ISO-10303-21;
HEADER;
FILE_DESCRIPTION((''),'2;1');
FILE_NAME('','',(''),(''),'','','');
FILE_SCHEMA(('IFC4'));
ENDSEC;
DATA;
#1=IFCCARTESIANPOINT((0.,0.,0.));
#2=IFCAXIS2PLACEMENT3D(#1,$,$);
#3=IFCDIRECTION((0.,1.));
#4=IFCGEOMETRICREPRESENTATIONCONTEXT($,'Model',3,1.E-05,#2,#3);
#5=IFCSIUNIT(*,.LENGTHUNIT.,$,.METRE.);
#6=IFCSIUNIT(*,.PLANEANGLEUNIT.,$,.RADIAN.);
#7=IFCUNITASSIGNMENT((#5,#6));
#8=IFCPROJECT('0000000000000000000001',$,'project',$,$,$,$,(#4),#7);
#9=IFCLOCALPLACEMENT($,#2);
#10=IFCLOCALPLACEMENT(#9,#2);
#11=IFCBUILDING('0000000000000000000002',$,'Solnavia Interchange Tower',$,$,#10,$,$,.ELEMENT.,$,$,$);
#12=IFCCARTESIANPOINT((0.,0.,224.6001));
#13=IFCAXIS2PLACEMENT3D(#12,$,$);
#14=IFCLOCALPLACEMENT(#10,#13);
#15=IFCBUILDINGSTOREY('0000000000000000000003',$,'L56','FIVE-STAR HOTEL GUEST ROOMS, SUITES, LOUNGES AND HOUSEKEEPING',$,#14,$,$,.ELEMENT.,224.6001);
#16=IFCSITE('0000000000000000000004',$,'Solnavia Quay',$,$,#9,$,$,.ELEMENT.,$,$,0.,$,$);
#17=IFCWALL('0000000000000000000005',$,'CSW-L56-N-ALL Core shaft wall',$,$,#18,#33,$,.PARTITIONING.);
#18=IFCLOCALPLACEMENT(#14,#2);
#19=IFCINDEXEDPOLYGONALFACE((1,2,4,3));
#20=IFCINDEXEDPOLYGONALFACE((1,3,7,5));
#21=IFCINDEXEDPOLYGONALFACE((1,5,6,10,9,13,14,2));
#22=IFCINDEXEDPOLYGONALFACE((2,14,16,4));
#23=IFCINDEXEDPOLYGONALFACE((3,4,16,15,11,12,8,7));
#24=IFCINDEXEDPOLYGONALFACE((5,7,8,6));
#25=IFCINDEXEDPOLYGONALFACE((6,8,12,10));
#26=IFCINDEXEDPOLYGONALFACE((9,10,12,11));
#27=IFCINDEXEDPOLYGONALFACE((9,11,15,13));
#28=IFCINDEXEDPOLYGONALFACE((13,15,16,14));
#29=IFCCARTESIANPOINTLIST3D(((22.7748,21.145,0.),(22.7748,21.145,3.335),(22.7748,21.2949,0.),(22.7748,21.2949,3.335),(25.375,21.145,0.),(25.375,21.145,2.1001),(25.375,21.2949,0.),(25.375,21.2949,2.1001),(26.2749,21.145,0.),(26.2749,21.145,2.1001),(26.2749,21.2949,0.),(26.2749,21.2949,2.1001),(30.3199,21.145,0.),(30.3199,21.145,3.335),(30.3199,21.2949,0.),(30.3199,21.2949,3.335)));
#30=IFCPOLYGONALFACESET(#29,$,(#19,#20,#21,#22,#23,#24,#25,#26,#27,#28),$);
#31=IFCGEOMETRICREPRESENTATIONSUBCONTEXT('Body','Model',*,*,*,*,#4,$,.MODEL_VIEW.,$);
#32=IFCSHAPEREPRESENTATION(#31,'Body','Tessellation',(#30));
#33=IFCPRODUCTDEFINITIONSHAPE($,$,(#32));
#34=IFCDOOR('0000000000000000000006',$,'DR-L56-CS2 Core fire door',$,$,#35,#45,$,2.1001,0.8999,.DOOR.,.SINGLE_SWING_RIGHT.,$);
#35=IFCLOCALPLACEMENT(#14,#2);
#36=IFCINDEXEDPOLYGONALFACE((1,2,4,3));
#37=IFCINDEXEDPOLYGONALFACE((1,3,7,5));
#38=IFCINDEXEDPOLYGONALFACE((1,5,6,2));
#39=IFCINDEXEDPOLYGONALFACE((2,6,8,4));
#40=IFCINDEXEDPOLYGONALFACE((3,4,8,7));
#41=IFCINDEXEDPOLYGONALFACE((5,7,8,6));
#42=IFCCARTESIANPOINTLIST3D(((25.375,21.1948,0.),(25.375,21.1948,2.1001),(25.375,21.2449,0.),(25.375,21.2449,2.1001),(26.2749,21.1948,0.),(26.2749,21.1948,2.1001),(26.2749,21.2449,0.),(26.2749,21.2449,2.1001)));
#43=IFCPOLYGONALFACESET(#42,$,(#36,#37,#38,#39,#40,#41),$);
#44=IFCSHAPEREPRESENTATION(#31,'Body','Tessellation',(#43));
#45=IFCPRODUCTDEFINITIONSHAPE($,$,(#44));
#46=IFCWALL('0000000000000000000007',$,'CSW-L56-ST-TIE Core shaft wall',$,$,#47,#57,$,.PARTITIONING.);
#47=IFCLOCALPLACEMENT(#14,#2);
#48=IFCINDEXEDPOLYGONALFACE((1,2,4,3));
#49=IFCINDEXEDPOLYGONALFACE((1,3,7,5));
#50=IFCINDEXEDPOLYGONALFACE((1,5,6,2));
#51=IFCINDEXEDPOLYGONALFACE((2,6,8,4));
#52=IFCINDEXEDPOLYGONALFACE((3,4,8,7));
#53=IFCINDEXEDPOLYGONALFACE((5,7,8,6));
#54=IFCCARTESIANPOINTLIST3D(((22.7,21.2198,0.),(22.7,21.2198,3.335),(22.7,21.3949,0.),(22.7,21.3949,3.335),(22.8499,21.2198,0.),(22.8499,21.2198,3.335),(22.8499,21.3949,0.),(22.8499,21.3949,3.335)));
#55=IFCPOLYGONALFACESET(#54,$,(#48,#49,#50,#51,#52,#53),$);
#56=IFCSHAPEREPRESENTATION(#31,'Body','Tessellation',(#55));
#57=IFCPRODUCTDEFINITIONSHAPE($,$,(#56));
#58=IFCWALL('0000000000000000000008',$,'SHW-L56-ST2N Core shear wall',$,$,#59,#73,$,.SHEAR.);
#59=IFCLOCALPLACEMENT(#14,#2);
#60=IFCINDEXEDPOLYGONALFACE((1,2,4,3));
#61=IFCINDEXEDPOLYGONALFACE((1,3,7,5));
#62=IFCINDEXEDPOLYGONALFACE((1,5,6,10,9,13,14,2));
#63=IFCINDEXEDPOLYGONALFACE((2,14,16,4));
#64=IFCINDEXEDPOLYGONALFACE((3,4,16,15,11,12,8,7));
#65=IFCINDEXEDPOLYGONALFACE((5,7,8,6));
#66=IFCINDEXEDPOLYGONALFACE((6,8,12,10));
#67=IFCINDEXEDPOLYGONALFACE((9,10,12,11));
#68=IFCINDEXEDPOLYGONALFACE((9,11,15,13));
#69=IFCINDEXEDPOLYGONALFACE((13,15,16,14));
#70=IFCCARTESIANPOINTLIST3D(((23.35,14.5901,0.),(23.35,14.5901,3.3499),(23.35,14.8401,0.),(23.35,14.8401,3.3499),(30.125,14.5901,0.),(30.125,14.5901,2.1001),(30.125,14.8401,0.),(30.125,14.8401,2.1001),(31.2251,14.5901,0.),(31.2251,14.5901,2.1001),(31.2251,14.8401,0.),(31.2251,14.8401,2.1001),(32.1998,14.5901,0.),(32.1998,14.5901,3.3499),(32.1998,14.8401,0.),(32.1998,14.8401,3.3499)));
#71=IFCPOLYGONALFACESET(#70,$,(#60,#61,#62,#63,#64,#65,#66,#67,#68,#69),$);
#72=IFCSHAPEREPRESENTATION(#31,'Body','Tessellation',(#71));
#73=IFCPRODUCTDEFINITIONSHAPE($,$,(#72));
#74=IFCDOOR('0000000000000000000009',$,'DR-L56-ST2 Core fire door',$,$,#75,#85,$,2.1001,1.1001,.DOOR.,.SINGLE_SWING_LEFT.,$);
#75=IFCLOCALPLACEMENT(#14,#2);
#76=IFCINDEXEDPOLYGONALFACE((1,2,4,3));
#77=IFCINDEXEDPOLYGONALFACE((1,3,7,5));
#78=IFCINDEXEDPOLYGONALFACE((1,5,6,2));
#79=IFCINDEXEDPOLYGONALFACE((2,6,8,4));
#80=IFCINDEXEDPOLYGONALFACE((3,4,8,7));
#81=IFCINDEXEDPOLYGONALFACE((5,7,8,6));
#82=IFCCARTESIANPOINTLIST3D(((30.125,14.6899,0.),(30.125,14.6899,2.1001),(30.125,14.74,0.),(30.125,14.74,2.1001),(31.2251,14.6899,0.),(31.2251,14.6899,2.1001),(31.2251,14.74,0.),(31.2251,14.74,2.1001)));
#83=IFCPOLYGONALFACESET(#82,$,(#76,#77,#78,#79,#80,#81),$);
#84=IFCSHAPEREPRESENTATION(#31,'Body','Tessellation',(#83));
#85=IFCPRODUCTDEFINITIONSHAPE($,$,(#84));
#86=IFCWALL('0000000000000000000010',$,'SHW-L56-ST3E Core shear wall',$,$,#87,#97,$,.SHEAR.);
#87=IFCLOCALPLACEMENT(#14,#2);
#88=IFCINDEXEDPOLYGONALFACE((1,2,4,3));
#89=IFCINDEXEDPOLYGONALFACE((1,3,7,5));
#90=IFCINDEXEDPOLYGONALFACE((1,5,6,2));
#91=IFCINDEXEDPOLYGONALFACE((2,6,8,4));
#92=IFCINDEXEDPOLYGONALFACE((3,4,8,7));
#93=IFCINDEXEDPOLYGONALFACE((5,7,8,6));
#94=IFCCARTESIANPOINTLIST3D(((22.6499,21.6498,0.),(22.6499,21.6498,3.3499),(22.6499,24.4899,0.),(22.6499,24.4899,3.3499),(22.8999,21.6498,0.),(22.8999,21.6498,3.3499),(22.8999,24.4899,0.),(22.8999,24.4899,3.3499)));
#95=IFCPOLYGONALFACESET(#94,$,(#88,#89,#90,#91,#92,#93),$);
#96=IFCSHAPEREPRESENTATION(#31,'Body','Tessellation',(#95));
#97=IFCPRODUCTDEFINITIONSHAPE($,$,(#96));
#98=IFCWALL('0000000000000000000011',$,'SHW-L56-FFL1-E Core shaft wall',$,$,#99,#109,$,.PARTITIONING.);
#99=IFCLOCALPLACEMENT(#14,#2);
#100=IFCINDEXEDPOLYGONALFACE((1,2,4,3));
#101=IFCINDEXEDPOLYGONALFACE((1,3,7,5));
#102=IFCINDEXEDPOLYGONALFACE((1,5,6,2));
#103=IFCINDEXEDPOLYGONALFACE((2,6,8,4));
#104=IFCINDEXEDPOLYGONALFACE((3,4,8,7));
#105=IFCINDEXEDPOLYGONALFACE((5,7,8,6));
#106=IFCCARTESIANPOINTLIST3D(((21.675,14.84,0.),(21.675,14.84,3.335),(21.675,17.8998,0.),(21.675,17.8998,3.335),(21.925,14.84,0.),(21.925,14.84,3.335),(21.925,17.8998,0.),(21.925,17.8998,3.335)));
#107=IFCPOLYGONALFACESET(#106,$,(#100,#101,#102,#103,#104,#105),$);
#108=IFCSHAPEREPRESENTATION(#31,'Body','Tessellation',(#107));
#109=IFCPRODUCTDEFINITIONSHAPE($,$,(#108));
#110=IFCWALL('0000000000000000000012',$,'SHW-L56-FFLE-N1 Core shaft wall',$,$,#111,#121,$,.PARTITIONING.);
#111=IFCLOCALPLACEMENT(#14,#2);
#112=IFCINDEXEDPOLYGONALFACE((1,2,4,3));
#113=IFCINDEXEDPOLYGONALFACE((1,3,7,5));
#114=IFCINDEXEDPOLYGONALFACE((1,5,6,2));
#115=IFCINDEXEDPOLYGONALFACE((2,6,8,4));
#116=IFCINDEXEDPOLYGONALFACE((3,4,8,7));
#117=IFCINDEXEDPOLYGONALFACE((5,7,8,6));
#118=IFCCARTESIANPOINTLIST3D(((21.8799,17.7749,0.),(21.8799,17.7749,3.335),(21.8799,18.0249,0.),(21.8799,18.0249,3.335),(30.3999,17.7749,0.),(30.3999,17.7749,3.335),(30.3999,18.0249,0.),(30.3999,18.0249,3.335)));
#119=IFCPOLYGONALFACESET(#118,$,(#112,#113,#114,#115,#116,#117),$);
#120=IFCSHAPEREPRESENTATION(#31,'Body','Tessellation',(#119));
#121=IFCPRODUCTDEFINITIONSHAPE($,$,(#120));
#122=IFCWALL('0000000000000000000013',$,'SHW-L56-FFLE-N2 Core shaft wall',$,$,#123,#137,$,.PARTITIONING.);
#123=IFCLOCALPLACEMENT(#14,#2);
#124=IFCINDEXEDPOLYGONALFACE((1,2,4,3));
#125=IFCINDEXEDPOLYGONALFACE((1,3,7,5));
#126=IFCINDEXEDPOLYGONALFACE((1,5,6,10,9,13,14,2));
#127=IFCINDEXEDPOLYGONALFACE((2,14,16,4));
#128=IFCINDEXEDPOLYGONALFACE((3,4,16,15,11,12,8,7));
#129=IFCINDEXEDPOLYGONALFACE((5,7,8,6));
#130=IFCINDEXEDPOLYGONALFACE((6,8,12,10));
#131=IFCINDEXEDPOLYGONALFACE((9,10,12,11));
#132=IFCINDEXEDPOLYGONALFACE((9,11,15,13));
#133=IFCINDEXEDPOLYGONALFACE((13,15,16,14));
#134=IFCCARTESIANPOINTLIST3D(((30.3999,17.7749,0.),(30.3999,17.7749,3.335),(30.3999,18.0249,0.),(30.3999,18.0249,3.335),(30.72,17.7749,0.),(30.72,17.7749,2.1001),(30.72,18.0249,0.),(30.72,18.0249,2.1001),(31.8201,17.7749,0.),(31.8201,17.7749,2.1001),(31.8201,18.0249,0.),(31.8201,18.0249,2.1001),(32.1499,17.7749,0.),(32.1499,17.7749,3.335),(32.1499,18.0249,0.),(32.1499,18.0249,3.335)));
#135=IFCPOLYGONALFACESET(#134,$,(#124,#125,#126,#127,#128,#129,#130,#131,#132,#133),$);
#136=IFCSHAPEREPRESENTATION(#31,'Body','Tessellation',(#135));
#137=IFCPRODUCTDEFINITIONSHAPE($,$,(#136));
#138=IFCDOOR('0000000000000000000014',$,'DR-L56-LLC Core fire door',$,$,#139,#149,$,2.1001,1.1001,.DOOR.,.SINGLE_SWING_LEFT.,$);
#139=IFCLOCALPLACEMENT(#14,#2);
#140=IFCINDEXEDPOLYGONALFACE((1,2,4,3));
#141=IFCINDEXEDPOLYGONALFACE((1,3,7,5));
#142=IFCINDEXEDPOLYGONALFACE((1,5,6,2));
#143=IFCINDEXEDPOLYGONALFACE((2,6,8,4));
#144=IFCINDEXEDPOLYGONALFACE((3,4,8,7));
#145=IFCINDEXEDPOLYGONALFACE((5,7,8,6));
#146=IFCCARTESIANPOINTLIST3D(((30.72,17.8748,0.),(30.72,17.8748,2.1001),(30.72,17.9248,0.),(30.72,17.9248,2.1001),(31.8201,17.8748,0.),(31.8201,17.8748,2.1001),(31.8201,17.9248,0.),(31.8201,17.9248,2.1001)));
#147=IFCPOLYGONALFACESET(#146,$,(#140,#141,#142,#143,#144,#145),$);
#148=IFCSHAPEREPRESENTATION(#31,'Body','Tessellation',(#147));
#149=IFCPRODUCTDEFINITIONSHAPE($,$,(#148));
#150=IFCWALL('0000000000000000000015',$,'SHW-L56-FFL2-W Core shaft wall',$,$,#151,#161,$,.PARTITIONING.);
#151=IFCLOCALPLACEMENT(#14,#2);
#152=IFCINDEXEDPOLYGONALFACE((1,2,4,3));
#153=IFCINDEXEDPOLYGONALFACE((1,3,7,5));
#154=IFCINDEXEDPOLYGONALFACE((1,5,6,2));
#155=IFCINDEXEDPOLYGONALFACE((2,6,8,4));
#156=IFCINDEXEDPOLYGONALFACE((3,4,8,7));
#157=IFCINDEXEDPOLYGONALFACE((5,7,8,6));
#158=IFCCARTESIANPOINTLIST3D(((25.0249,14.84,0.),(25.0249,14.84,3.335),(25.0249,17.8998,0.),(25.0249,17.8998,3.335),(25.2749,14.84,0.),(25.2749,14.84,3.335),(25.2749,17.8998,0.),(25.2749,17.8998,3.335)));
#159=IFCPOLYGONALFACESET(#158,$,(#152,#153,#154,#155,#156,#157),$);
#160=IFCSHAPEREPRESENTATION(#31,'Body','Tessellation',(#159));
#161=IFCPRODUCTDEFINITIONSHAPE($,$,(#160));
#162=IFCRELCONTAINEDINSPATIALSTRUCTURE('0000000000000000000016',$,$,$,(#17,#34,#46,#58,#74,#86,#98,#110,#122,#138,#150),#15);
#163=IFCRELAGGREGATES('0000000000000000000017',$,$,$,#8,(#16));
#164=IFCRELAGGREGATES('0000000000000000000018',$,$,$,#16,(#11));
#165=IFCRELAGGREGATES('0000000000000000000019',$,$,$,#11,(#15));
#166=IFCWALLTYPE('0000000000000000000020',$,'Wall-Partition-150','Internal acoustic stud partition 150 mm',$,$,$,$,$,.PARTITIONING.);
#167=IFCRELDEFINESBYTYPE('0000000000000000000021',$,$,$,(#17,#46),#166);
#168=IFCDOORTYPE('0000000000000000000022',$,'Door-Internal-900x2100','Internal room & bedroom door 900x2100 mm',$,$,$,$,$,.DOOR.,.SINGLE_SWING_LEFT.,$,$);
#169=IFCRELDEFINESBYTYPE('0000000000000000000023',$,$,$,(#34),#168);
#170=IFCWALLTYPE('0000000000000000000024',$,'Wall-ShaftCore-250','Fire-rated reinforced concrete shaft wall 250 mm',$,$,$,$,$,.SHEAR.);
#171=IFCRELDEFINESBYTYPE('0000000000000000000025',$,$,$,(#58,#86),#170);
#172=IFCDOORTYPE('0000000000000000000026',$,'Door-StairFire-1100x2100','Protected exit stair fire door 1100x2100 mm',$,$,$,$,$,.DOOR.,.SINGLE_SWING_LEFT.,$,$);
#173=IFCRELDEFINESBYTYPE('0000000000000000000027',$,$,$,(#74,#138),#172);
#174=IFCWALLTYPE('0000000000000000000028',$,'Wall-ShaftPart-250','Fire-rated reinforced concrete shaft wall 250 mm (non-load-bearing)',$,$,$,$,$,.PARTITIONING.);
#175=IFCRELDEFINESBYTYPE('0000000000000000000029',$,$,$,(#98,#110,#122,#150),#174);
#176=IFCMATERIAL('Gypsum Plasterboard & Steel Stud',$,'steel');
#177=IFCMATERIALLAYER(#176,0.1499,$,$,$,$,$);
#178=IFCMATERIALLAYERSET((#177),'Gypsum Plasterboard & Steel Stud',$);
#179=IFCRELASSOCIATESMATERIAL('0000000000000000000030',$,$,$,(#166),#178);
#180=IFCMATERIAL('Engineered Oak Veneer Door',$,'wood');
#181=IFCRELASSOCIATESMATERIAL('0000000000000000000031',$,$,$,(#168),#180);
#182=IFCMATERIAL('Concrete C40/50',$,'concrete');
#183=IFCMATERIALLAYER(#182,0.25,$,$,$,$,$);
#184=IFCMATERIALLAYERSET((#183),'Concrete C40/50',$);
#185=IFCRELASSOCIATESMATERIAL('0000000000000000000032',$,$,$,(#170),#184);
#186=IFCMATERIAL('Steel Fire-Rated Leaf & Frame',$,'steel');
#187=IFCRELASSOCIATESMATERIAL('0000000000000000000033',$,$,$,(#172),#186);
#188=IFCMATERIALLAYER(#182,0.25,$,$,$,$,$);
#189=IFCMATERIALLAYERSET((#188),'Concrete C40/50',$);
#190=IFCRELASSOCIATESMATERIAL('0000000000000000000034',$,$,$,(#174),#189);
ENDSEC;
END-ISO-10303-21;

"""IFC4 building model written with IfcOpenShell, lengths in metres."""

from ifc_helpers import new_model, si_unit, direction, frame, frame_2d, origin, place, context, subcontext, project, spatial, rectangle, extrude, material, layer, layer_set, type_object, element, fill, save


model = new_model("IFC4")

# Units and contexts
model_context = context("Model", 3, precision=1e-05, world=origin(), true_north=direction((0.0, 1.0)))
body_context = subcontext(model_context, "Body", "Model", "MODEL_VIEW")
ifc_project = project(units=[si_unit("LENGTHUNIT", "METRE"), si_unit("PLANEANGLEUNIT", "RADIAN")], contexts=[model_context])

# Site, building, storey
site_placement = place(None, origin())
site = spatial("IfcSite", under=ifc_project, at=site_placement, Name="Solnavia Quay", CompositionType="ELEMENT", RefElevation=0.0)
building_placement = place(site_placement, origin())
building = spatial("IfcBuilding", under=site, at=building_placement, Name="Solnavia Interchange Tower", CompositionType="ELEMENT")
storey_placement = place(building_placement, frame((0.0, 0.0, 224.6001)))
storey = spatial("IfcBuildingStorey", under=building, at=storey_placement, Name="L56", Description="FIVE-STAR HOTEL GUEST ROOMS, SUITES, LOUNGES AND HOUSEKEEPING", CompositionType="ELEMENT", Elevation=224.6001)

# Wall, opening, door
ifc_material_1 = material(Name="Gypsum Plasterboard & Steel Stud", Category="steel")
ifc_layer_1 = layer(ifc_material_1, 0.1499)
ifc_layer_set_1 = layer_set([ifc_layer_1], Name="Gypsum Plasterboard & Steel Stud")
wall_type_1 = type_object("IfcWallType", Name="Wall-Partition-150", Description="Internal acoustic stud partition 150 mm", PredefinedType="PARTITIONING", material=ifc_layer_set_1)
wall_1_placement = place(storey_placement, frame((22.7749, 21.22, 0.0), z_axis=(0.0, 0.0, 1.0), x_axis=(1.0, 0.0, 0.0)))
wall_1 = element("IfcWall", 1, at=wall_1_placement, inside=storey, type_object=wall_type_1, Name="CSW-L56-N-ALL Core shaft wall", PredefinedType="PARTITIONING", context=body_context, shape_type="SweptSolid", body=[
    extrude(rectangle(XDim=7.5452, YDim=0.1499, at=frame_2d((3.7725, 0.0))), origin(), (0.0, 0.0, 1.0), 3.335),
])
opening_1_placement = place(wall_1_placement, frame((2.6001, 0.0, 0.0)))
opening_1 = element("IfcOpeningElement", 2, at=opening_1_placement, cuts=wall_1, PredefinedType="OPENING", context=body_context, shape_type="SweptSolid", body=[
    extrude(rectangle(XDim=0.8999, YDim=2.1001, at=frame_2d((0.45, 1.05))), frame((0.0, 0.085, 0.0), z_axis=(0.0, -1.0, 0.0), x_axis=(1.0, 0.0, 0.0)), (0.0, 0.0, 1.0), 0.1699),
])
ifc_material_2 = material(Name="Engineered Oak Veneer Door", Category="wood")
door_type_1 = type_object("IfcDoorType", Name="Door-Internal-900x2100", Description="Internal room & bedroom door 900x2100 mm", OperationType="SINGLE_SWING_LEFT", PredefinedType="DOOR", material=ifc_material_2)
door_1_placement = place(opening_1_placement, origin())
door_1 = element("IfcDoor", 3, at=door_1_placement, inside=storey, type_object=door_type_1, Name="DR-L56-CS2 Core fire door", OperationType="SINGLE_SWING_RIGHT", OverallHeight=2.1001, OverallWidth=0.8999, PredefinedType="DOOR", context=body_context, shape_type="SweptSolid", body=[
    extrude(rectangle(XDim=0.8999, YDim=2.1001, at=frame_2d((0.45, 1.05))), frame((0.0, 0.0249, 0.0), z_axis=(0.0, -1.0, 0.0), x_axis=(1.0, 0.0, 0.0)), (0.0, 0.0, 1.0), 0.05),
])
fill(opening_1, door_1)

# Wall
wall_2_placement = place(storey_placement, frame((22.7749, 21.22, 0.0), z_axis=(0.0, 0.0, 1.0), x_axis=(0.0, 1.0, 0.0)))
element("IfcWall", 4, at=wall_2_placement, inside=storey, type_object=wall_type_1, Name="CSW-L56-ST-TIE Core shaft wall", PredefinedType="PARTITIONING", context=body_context, shape_type="SweptSolid", body=[
    extrude(rectangle(XDim=0.175, YDim=0.1499, at=frame_2d((0.0874, 0.0))), origin(), (0.0, 0.0, 1.0), 3.335),
])

# Wall, opening, door
ifc_material_3 = material(Name="Concrete C40/50", Category="concrete")
ifc_layer_2 = layer(ifc_material_3, 0.25)
ifc_layer_set_2 = layer_set([ifc_layer_2], Name="Concrete C40/50")
wall_type_2 = type_object("IfcWallType", Name="Wall-ShaftCore-250", Description="Fire-rated reinforced concrete shaft wall 250 mm", PredefinedType="SHEAR", material=ifc_layer_set_2)
wall_3_placement = place(storey_placement, frame((23.3501, 14.7151, 0.0), z_axis=(0.0, 0.0, 1.0), x_axis=(1.0, 0.0, 0.0)))
wall_3 = element("IfcWall", 5, at=wall_3_placement, inside=storey, type_object=wall_type_2, Name="SHW-L56-ST2N Core shear wall", PredefinedType="SHEAR", context=body_context, shape_type="SweptSolid", body=[
    extrude(rectangle(XDim=8.8499, YDim=0.25, at=frame_2d((4.4248, 0.0))), origin(), (0.0, 0.0, 1.0), 3.3499),
])
opening_2_placement = place(wall_3_placement, frame((6.7749, 0.0, 0.0)))
opening_2 = element("IfcOpeningElement", 6, at=opening_2_placement, cuts=wall_3, PredefinedType="OPENING", context=body_context, shape_type="SweptSolid", body=[
    extrude(rectangle(XDim=1.1001, YDim=2.1001, at=frame_2d((0.55, 1.05))), frame((0.0, 0.135, 0.0), z_axis=(0.0, -1.0, 0.0), x_axis=(1.0, 0.0, 0.0)), (0.0, 0.0, 1.0), 0.27),
])
ifc_material_4 = material(Name="Steel Fire-Rated Leaf & Frame", Category="steel")
door_type_2 = type_object("IfcDoorType", Name="Door-StairFire-1100x2100", Description="Protected exit stair fire door 1100x2100 mm", OperationType="SINGLE_SWING_LEFT", PredefinedType="DOOR", material=ifc_material_4)
door_2_placement = place(opening_2_placement, origin())
door_2 = element("IfcDoor", 7, at=door_2_placement, inside=storey, type_object=door_type_2, Name="DR-L56-ST2 Core fire door", OperationType="SINGLE_SWING_LEFT", OverallHeight=2.1001, OverallWidth=1.1001, PredefinedType="DOOR", context=body_context, shape_type="SweptSolid", body=[
    extrude(rectangle(XDim=1.1001, YDim=2.1001, at=frame_2d((0.55, 1.05))), frame((0.0, 0.0249, 0.0), z_axis=(0.0, -1.0, 0.0), x_axis=(1.0, 0.0, 0.0)), (0.0, 0.0, 1.0), 0.05),
])
fill(opening_2, door_2)

# Walls
wall_4_placement = place(storey_placement, frame((22.7749, 21.6499, 0.0), z_axis=(0.0, 0.0, 1.0), x_axis=(0.0, 1.0, 0.0)))
element("IfcWall", 8, at=wall_4_placement, inside=storey, type_object=wall_type_2, Name="SHW-L56-ST3E Core shear wall", PredefinedType="SHEAR", context=body_context, shape_type="SweptSolid", body=[
    extrude(rectangle(XDim=2.8401, YDim=0.25, at=frame_2d((1.4199, 0.0))), origin(), (0.0, 0.0, 1.0), 3.3499),
])
ifc_layer_3 = layer(ifc_material_3, 0.25)
ifc_layer_set_3 = layer_set([ifc_layer_3], Name="Concrete C40/50")
wall_type_3 = type_object("IfcWallType", Name="Wall-ShaftPart-250", Description="Fire-rated reinforced concrete shaft wall 250 mm (non-load-bearing)", PredefinedType="PARTITIONING", material=ifc_layer_set_3)
wall_5_placement = place(storey_placement, frame((21.8, 14.8401, 0.0), z_axis=(0.0, 0.0, 1.0), x_axis=(0.0, 1.0, 0.0)))
element("IfcWall", 9, at=wall_5_placement, inside=storey, type_object=wall_type_3, Name="SHW-L56-FFL1-E Core shaft wall", PredefinedType="PARTITIONING", context=body_context, shape_type="SweptSolid", body=[
    extrude(rectangle(XDim=3.0598, YDim=0.25, at=frame_2d((1.5298, 0.0))), origin(), (0.0, 0.0, 1.0), 3.335),
])
wall_6_placement = place(storey_placement, frame((21.8799, 17.8999, 0.0), z_axis=(0.0, 0.0, 1.0), x_axis=(1.0, 0.0, 0.0)))
element("IfcWall", 10, at=wall_6_placement, inside=storey, type_object=wall_type_3, Name="SHW-L56-FFLE-N1 Core shaft wall", PredefinedType="PARTITIONING", context=body_context, shape_type="SweptSolid", body=[
    extrude(rectangle(XDim=8.52, YDim=0.25, at=frame_2d((4.26, 0.0))), origin(), (0.0, 0.0, 1.0), 3.335),
])

# Wall, opening, door
wall_7_placement = place(storey_placement, frame((30.3999, 17.8999, 0.0), z_axis=(0.0, 0.0, 1.0), x_axis=(1.0, 0.0, 0.0)))
wall_7 = element("IfcWall", 11, at=wall_7_placement, inside=storey, type_object=wall_type_3, Name="SHW-L56-FFLE-N2 Core shaft wall", PredefinedType="PARTITIONING", context=body_context, shape_type="SweptSolid", body=[
    extrude(rectangle(XDim=1.75, YDim=0.25, at=frame_2d((0.875, 0.0))), origin(), (0.0, 0.0, 1.0), 3.335),
])
opening_3_placement = place(wall_7_placement, frame((0.3201, 0.0, 0.0)))
opening_3 = element("IfcOpeningElement", 12, at=opening_3_placement, cuts=wall_7, PredefinedType="OPENING", context=body_context, shape_type="SweptSolid", body=[
    extrude(rectangle(XDim=1.1001, YDim=2.1001, at=frame_2d((0.55, 1.05))), frame((0.0, 0.135, 0.0), z_axis=(0.0, -1.0, 0.0), x_axis=(1.0, 0.0, 0.0)), (0.0, 0.0, 1.0), 0.27),
])
door_3_placement = place(opening_3_placement, origin())
door_3 = element("IfcDoor", 13, at=door_3_placement, inside=storey, type_object=door_type_2, Name="DR-L56-LLC Core fire door", OperationType="SINGLE_SWING_LEFT", OverallHeight=2.1001, OverallWidth=1.1001, PredefinedType="DOOR", context=body_context, shape_type="SweptSolid", body=[
    extrude(rectangle(XDim=1.1001, YDim=2.1001, at=frame_2d((0.55, 1.05))), frame((0.0, 0.0249, 0.0), z_axis=(0.0, -1.0, 0.0), x_axis=(1.0, 0.0, 0.0)), (0.0, 0.0, 1.0), 0.05),
])
fill(opening_3, door_3)

# Wall
wall_8_placement = place(storey_placement, frame((25.1499, 14.8401, 0.0), z_axis=(0.0, 0.0, 1.0), x_axis=(0.0, 1.0, 0.0)))
element("IfcWall", 14, at=wall_8_placement, inside=storey, type_object=wall_type_3, Name="SHW-L56-FFL2-W Core shaft wall", PredefinedType="PARTITIONING", context=body_context, shape_type="SweptSolid", body=[
    extrude(rectangle(XDim=3.0598, YDim=0.25, at=frame_2d((1.5298, 0.0))), origin(), (0.0, 0.0, 1.0), 3.335),
])

save(model, "model.ifc")
